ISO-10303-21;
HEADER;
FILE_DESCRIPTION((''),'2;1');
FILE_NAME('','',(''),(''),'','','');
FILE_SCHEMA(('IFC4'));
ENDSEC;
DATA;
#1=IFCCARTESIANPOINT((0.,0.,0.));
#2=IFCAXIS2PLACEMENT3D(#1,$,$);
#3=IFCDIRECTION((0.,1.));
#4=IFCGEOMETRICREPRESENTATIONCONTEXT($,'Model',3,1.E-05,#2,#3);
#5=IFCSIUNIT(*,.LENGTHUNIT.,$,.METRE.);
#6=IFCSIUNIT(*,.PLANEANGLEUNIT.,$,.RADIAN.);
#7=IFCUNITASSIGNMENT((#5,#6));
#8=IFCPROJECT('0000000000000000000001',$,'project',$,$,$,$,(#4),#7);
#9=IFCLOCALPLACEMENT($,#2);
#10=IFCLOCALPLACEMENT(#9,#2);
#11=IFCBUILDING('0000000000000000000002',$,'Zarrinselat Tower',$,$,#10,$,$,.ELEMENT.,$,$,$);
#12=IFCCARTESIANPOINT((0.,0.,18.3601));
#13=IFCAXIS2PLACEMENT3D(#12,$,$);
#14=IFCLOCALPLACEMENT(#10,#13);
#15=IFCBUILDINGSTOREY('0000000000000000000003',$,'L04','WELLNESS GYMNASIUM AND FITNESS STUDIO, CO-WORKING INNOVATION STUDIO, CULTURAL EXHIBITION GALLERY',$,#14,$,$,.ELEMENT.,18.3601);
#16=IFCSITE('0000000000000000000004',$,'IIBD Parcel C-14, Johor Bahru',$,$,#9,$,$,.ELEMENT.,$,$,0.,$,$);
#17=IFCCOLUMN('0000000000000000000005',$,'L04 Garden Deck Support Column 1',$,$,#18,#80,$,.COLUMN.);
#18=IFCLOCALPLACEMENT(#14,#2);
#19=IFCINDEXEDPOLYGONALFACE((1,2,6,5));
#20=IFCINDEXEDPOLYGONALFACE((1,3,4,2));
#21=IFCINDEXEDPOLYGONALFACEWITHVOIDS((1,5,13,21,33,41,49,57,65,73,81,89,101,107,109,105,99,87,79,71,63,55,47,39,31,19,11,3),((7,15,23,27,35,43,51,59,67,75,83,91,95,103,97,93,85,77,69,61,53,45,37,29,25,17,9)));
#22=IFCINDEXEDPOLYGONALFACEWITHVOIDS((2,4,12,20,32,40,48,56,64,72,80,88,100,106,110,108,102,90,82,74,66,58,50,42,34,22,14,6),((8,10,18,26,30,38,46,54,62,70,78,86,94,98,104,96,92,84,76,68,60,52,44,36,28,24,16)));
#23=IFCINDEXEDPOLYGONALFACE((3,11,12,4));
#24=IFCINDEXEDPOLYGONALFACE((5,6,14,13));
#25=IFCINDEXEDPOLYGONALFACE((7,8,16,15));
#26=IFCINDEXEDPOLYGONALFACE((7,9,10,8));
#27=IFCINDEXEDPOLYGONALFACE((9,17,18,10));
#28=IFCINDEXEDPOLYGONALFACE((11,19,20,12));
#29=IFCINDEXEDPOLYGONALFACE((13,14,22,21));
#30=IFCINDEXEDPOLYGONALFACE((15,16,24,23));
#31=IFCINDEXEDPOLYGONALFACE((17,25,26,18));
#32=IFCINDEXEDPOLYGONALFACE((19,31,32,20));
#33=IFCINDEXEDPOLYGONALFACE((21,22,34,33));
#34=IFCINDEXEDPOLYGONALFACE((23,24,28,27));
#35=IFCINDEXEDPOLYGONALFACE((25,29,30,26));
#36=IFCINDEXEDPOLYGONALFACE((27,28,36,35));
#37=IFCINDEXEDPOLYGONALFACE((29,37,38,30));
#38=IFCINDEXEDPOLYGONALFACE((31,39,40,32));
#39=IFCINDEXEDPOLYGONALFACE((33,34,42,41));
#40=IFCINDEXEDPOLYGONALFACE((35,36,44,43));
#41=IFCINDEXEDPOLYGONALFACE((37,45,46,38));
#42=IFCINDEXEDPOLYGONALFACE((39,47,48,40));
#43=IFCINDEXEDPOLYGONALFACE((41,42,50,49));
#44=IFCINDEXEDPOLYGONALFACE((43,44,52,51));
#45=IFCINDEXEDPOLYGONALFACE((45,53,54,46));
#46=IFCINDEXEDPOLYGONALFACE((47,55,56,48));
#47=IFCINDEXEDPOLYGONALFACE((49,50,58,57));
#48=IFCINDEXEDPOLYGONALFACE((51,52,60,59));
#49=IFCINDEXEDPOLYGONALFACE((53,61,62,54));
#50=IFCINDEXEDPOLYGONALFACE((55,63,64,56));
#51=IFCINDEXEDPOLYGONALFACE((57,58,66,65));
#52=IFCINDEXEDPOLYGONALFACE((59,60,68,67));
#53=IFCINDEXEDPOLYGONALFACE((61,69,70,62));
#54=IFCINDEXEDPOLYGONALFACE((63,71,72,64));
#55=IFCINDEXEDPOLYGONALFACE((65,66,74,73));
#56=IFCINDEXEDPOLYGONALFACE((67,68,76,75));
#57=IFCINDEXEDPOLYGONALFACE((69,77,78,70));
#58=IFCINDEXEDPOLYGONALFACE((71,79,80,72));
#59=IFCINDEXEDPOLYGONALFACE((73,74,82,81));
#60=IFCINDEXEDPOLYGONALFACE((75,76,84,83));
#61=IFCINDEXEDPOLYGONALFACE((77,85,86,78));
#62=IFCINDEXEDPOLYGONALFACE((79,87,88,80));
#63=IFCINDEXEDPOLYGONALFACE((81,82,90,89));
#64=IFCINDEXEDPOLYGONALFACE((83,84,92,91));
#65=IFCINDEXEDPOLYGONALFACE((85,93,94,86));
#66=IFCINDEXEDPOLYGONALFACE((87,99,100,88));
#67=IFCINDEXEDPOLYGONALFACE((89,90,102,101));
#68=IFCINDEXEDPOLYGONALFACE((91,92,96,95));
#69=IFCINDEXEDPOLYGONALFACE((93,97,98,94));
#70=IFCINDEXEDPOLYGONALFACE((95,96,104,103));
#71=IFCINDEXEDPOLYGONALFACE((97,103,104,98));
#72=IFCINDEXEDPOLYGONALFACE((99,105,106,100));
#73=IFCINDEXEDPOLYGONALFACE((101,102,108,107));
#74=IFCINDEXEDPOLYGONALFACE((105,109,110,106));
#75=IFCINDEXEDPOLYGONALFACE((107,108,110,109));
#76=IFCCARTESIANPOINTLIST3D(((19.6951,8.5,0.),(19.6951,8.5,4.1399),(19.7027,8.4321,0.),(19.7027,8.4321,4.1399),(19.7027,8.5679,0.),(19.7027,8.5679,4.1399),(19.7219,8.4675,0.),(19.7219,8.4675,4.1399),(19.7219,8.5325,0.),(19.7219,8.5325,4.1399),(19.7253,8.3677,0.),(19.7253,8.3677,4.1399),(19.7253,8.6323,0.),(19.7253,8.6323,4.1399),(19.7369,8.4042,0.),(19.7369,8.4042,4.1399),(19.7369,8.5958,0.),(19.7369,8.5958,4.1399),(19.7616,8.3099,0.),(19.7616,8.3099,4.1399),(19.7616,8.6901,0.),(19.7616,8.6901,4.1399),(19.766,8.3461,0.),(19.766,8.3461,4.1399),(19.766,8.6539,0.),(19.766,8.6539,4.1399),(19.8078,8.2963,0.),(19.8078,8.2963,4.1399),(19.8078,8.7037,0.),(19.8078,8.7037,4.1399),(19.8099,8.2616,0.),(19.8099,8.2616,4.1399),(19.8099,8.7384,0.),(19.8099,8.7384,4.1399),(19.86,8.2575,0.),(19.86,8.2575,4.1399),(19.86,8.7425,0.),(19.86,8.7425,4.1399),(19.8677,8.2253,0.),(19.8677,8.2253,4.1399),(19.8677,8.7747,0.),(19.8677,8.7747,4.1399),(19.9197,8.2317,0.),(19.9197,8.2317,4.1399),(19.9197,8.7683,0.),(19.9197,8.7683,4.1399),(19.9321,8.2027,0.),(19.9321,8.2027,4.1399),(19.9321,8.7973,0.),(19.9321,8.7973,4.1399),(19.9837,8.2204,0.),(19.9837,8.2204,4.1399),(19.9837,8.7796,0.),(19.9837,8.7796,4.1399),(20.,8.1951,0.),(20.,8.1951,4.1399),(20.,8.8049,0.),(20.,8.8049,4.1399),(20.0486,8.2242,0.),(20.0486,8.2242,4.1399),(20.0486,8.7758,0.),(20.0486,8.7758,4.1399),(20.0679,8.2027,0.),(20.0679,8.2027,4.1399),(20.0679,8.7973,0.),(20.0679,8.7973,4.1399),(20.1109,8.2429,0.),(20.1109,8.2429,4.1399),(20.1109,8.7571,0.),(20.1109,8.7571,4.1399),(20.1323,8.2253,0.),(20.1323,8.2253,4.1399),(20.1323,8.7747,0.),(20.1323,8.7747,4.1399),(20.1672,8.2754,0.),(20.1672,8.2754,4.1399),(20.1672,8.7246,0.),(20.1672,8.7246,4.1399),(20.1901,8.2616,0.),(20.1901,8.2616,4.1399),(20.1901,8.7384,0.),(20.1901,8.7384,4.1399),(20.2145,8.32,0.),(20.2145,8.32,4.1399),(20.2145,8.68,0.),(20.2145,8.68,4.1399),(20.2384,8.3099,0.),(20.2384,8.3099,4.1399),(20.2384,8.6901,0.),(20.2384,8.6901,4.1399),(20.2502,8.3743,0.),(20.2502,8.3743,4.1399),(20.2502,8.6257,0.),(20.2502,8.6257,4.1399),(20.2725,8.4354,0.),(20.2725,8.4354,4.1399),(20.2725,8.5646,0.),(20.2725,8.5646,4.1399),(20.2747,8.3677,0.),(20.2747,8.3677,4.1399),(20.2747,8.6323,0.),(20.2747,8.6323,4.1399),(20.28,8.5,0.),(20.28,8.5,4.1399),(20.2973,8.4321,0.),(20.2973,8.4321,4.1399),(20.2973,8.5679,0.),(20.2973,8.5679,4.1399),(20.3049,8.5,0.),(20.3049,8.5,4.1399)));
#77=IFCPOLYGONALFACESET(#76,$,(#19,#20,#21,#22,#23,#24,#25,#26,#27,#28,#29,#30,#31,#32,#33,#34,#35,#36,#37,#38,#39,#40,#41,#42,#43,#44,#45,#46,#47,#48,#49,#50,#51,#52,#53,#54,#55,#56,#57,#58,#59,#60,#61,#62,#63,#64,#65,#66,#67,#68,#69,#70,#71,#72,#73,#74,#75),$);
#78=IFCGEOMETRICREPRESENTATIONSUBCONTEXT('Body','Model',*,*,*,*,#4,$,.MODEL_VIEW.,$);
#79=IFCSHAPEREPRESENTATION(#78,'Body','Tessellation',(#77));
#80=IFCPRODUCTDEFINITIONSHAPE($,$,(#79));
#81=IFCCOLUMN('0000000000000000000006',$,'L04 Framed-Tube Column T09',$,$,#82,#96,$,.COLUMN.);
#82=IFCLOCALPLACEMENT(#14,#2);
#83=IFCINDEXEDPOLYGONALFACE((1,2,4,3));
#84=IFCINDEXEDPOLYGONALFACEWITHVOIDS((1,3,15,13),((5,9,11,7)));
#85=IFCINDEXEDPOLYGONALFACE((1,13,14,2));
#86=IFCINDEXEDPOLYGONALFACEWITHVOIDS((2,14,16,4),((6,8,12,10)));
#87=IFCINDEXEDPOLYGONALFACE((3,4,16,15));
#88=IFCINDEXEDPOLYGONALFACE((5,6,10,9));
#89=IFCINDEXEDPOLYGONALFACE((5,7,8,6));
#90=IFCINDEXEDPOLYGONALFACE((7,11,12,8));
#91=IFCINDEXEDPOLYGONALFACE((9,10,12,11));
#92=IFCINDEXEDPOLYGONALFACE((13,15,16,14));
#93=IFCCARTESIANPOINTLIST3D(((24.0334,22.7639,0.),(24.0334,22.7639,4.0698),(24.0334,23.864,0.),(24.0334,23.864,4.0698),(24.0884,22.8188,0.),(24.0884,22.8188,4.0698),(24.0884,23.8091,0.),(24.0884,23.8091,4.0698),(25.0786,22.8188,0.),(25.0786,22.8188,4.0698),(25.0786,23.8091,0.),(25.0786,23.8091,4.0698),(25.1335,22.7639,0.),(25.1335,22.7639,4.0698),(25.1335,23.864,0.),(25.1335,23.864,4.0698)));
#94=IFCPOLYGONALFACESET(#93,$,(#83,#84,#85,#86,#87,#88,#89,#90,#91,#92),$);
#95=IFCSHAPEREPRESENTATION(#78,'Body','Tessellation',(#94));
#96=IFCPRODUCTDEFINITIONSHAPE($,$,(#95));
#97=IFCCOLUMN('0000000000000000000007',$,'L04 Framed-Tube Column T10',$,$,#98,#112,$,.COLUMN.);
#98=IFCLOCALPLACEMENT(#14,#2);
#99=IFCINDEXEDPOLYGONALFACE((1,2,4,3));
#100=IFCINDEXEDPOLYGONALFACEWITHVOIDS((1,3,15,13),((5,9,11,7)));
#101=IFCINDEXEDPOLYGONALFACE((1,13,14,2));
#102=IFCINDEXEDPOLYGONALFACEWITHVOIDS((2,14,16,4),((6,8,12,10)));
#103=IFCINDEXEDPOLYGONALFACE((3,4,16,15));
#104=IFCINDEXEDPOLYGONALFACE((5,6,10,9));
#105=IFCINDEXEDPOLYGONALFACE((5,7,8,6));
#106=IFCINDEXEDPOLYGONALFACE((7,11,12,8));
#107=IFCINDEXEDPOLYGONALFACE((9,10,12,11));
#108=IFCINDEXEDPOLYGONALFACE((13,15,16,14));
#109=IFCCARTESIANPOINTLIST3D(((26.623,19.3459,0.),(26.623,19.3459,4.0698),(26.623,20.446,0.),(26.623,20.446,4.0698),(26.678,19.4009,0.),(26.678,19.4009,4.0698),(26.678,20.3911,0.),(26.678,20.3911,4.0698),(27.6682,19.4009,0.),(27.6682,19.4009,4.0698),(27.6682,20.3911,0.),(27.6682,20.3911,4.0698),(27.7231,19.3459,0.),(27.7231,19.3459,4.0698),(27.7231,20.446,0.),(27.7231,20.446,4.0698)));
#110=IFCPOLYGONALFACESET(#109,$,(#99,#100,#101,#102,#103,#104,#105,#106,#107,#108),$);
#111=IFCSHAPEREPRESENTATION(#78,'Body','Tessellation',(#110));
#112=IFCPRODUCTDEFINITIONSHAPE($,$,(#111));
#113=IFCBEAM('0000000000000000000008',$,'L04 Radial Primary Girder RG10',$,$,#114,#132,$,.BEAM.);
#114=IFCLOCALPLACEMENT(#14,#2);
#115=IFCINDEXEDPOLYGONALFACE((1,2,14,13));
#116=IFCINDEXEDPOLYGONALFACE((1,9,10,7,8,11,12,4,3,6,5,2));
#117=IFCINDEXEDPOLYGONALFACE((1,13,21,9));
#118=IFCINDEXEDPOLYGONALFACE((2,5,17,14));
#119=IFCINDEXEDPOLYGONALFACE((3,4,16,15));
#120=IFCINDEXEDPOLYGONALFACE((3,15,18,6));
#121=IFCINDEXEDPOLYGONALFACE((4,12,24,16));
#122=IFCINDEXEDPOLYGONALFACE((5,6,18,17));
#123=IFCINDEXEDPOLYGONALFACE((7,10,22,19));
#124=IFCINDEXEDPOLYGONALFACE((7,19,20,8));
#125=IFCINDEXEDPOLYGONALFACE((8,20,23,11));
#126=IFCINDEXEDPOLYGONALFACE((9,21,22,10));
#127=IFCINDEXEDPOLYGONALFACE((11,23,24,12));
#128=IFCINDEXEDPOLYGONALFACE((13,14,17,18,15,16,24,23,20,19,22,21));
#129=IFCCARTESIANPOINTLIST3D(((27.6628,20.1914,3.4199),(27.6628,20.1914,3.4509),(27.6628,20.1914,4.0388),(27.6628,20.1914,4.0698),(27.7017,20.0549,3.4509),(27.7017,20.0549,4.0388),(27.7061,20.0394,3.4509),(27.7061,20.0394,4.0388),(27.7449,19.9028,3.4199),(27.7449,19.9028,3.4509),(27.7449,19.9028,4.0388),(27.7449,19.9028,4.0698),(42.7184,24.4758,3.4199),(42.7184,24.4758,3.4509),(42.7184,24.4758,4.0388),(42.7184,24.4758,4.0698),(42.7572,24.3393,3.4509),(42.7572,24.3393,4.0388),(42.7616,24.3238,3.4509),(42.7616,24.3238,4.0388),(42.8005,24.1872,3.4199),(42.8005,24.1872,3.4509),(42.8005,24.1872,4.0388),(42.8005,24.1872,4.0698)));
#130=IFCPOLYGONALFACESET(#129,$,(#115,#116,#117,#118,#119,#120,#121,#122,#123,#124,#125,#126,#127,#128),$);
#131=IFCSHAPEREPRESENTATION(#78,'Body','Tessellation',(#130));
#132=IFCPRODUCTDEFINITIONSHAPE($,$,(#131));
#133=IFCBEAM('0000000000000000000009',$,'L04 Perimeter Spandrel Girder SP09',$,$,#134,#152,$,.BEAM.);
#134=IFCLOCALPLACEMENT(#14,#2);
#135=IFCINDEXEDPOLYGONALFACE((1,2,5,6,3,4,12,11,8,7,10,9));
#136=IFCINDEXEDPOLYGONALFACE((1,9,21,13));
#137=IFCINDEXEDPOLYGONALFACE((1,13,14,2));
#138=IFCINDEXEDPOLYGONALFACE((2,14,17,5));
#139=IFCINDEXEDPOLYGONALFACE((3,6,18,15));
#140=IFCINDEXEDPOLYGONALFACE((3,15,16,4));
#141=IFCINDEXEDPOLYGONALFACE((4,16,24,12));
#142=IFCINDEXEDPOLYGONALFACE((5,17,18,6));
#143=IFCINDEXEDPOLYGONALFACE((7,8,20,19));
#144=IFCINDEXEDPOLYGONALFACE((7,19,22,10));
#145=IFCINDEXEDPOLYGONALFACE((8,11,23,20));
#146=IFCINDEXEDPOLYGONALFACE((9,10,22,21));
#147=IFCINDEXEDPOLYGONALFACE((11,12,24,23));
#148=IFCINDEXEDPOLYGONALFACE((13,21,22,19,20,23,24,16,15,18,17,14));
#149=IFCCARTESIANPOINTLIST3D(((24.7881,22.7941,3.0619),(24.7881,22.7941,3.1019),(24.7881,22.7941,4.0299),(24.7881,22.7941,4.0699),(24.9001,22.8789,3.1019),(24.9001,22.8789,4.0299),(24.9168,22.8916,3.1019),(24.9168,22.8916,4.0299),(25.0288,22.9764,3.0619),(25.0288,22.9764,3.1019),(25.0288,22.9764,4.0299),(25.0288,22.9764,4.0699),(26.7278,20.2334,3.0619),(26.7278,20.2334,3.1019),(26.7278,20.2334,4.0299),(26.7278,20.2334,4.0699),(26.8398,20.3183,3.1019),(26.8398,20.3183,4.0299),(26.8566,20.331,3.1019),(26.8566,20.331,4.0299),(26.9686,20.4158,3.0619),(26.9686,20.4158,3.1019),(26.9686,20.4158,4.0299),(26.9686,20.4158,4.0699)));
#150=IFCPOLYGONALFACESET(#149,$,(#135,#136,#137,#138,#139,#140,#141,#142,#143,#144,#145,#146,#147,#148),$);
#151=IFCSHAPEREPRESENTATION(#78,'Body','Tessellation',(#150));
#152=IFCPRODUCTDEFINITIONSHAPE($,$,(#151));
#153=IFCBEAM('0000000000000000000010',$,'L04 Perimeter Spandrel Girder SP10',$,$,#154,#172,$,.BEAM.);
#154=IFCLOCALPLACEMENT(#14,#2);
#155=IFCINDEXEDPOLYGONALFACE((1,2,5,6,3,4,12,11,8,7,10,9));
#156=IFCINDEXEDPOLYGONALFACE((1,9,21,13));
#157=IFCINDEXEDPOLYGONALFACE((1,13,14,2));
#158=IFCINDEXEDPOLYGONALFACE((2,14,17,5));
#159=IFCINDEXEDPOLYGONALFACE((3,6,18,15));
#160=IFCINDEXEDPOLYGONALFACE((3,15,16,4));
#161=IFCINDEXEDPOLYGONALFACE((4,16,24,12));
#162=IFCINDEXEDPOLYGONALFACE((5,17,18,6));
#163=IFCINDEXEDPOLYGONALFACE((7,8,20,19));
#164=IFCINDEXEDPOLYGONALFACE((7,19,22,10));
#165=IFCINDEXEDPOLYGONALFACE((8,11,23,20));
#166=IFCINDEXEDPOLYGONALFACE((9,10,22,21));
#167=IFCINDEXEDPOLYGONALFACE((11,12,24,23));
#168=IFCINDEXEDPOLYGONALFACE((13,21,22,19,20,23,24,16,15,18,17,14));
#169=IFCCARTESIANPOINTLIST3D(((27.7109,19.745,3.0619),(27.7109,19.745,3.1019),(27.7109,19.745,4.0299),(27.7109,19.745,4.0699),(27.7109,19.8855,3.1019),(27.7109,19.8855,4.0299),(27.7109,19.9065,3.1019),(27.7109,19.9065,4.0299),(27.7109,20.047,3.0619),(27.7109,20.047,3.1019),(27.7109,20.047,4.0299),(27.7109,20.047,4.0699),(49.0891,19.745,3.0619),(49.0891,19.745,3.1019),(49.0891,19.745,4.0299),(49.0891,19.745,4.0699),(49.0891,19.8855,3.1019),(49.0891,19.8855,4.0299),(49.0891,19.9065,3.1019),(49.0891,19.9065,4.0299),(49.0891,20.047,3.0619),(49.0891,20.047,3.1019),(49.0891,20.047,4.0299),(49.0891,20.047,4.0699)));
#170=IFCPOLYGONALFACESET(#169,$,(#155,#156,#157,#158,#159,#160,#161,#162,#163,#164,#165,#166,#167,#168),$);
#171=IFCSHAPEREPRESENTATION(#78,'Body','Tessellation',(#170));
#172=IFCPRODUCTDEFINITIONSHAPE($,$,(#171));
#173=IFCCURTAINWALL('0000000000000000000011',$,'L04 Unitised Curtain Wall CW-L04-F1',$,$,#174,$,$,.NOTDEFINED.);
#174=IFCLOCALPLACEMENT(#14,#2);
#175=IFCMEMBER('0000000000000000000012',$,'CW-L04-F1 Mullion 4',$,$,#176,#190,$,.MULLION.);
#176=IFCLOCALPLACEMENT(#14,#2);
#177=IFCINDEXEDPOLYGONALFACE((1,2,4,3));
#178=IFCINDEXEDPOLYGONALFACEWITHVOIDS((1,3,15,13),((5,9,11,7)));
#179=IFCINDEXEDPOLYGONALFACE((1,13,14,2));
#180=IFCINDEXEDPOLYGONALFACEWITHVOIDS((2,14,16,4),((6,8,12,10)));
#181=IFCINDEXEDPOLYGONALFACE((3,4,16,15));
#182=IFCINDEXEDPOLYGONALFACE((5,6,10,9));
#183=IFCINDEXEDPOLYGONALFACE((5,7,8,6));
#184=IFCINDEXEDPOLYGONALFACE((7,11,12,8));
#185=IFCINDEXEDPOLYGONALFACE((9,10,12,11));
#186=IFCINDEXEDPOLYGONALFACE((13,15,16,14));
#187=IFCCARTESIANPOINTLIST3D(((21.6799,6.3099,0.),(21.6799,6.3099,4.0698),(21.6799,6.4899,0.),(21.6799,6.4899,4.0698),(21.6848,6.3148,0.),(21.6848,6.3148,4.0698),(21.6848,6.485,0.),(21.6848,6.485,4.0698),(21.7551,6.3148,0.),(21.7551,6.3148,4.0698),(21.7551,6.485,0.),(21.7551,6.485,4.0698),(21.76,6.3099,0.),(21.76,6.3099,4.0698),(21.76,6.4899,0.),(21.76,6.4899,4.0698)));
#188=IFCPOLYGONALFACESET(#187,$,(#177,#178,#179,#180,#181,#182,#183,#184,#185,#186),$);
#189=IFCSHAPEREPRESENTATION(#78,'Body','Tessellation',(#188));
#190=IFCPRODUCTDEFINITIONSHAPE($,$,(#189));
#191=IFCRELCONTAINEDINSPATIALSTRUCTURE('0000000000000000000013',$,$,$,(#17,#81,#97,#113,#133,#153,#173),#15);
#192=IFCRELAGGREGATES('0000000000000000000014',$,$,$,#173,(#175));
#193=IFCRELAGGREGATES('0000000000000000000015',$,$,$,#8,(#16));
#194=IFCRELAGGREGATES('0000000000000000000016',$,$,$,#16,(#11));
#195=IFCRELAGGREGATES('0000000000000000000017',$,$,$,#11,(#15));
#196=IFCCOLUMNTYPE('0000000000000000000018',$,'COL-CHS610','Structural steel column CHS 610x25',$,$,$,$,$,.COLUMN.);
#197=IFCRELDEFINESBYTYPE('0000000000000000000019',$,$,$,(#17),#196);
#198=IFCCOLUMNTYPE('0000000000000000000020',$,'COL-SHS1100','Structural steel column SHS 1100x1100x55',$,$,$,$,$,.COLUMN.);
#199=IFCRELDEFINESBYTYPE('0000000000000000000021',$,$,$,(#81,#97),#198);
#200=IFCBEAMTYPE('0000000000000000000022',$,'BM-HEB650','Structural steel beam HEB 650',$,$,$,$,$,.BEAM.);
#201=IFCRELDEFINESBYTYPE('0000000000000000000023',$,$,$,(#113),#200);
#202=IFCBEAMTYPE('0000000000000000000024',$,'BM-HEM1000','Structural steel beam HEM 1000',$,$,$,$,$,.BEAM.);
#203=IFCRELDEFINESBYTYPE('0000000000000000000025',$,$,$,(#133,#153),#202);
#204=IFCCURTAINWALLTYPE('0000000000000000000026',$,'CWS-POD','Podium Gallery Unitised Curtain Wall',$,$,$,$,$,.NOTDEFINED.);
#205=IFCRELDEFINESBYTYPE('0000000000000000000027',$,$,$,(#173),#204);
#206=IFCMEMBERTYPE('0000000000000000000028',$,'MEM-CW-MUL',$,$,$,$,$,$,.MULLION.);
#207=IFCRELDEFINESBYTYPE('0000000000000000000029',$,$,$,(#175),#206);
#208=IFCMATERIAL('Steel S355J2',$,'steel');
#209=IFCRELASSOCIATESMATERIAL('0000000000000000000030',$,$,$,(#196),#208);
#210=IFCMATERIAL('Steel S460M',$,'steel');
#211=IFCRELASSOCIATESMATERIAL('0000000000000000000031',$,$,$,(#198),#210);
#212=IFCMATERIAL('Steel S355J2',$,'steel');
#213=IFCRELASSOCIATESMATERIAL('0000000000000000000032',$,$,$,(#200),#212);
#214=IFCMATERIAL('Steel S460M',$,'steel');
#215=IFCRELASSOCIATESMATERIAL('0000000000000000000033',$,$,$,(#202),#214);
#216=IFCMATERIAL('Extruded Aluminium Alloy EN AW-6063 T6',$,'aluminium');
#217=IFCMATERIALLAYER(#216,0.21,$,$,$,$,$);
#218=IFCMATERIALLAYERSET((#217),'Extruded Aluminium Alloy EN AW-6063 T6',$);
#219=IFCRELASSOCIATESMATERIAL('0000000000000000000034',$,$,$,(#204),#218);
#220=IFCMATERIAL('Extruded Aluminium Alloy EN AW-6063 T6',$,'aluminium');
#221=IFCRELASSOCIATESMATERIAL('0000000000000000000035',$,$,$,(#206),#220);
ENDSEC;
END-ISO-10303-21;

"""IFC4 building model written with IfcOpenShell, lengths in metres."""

from ifc_helpers import new_model, si_unit, direction, frame, origin, origin_2d, place, context, subcontext, project, spatial, hollow_rectangle, hollow_circle, i_section, extrude, material, layer, layer_set, material_profile, profile_set, type_object, element, aggregate, save


model = new_model("IFC4")

# Units and contexts
model_context = context("Model", 3, precision=1e-05, world=origin(), true_north=direction((0.0, 1.0)))
body_context = subcontext(model_context, "Body", "Model", "MODEL_VIEW")
ifc_project = project(units=[si_unit("LENGTHUNIT", "METRE"), si_unit("PLANEANGLEUNIT", "RADIAN")], contexts=[model_context])

# Site, building, storey
site_placement = place(None, origin())
site = spatial("IfcSite", under=ifc_project, at=site_placement, Name="IIBD Parcel C-14, Johor Bahru", CompositionType="ELEMENT", RefElevation=0.0)
building_placement = place(site_placement, origin())
building = spatial("IfcBuilding", under=site, at=building_placement, Name="Zarrinselat Tower", CompositionType="ELEMENT")
storey_placement = place(building_placement, frame((0.0, 0.0, 18.3601)))
storey = spatial("IfcBuildingStorey", under=building, at=storey_placement, Name="L04", Description="WELLNESS GYMNASIUM AND FITNESS STUDIO, CO-WORKING INNOVATION STUDIO, CULTURAL EXHIBITION GALLERY", CompositionType="ELEMENT", Elevation=18.3601)

# Columns
ifc_material_1 = material(Name="Steel S355J2", Category="steel")
ifc_material_profile_1 = material_profile(ifc_material_1, hollow_circle(Radius=0.3049, WallThickness=0.0249, at=origin_2d()), Name="CHS 610x25")
ifc_profile_set_1 = profile_set([ifc_material_profile_1], Name="Steel S355J2")
column_type_1 = type_object("IfcColumnType", Name="COL-CHS610", Description="Structural steel column CHS 610x25", PredefinedType="COLUMN", material=ifc_profile_set_1)
column_placement = place(storey_placement, frame((20.0, 8.5, 0.0), z_axis=(0.0, 0.0, 1.0), x_axis=(1.0, 0.0, 0.0)))
element("IfcColumn", 1, at=column_placement, inside=storey, type_object=column_type_1, Name="L04 Garden Deck Support Column 1", PredefinedType="COLUMN", context=body_context, shape_type="SweptSolid", body=[
    extrude(hollow_circle(Radius=0.3049, WallThickness=0.0249, at=origin_2d()), origin(), (0.0, 0.0, 1.0), 4.1399),
])
ifc_material_2 = material(Name="Steel S460M", Category="steel")
ifc_material_profile_2 = material_profile(ifc_material_2, hollow_rectangle(XDim=1.1001, YDim=1.1001, WallThickness=0.0549, at=origin_2d()), Name="SHS 1100x1100x55")
ifc_profile_set_2 = profile_set([ifc_material_profile_2], Name="Steel S460M")
column_type_2 = type_object("IfcColumnType", Name="COL-SHS1100", Description="Structural steel column SHS 1100x1100x55", PredefinedType="COLUMN", material=ifc_profile_set_2)
for number, where, z_axis, x_axis, name in (
    (2, (24.5835, 23.314, 0.0), (0.0, 0.0, 1.0), (1.0, 0.0, 0.0), "L04 Framed-Tube Column T09"),
    (3, (27.1731, 19.896, 0.0), (0.0, 0.0, 1.0), (1.0, 0.0, 0.0), "L04 Framed-Tube Column T10"),
):
    element("IfcColumn", number, at=place(storey_placement, frame(where, z_axis=z_axis, x_axis=x_axis)), inside=storey, type_object=column_type_2, Name=name, PredefinedType="COLUMN", context=body_context, shape_type="SweptSolid", body=[
        extrude(hollow_rectangle(XDim=1.1001, YDim=1.1001, WallThickness=0.0549, at=origin_2d()), origin(), (0.0, 0.0, 1.0), 4.0698),
    ])

# Beams
ifc_material_3 = material(Name="Steel S355J2", Category="steel")
ifc_material_profile_3 = material_profile(ifc_material_3, i_section(OverallWidth=0.3, OverallDepth=0.6499, WebThickness=0.0161, FlangeThickness=0.031, at=origin_2d()), Name="HEB 650")
ifc_profile_set_3 = profile_set([ifc_material_profile_3], Name="Steel S355J2")
beam_type_1 = type_object("IfcBeamType", Name="BM-HEB650", Description="Structural steel beam HEB 650", PredefinedType="BEAM", material=ifc_profile_set_3)
beam_1_placement = place(storey_placement, frame((27.7039, 20.0471, 3.7449), z_axis=(0.961814, 0.273705, 0.0), x_axis=(-0.273705, 0.961814, 0.0)))
element("IfcBeam", 4, at=beam_1_placement, inside=storey, type_object=beam_type_1, Name="L04 Radial Primary Girder RG10", PredefinedType="BEAM", context=body_context, shape_type="SweptSolid", body=[
    extrude(i_section(OverallWidth=0.3, OverallDepth=0.6499, WebThickness=0.0161, FlangeThickness=0.031, at=origin_2d()), origin(), (0.0, 0.0, 1.0), 15.6533),
])
ifc_material_4 = material(Name="Steel S460M", Category="steel")
ifc_material_profile_4 = material_profile(ifc_material_4, i_section(OverallWidth=0.302, OverallDepth=1.0081, WebThickness=0.021, FlangeThickness=0.04, at=origin_2d()), Name="HEM 1000")
ifc_profile_set_4 = profile_set([ifc_material_profile_4], Name="Steel S460M")
beam_type_2 = type_object("IfcBeamType", Name="BM-HEM1000", Description="Structural steel beam HEM 1000", PredefinedType="BEAM", material=ifc_profile_set_4)
beam_2_placement = place(storey_placement, frame((24.9084, 22.8853, 3.5659), z_axis=(0.603836, -0.797109, 0.0), x_axis=(0.797109, 0.603836, 0.0)))
element("IfcBeam", 5, at=beam_2_placement, inside=storey, type_object=beam_type_2, Name="L04 Perimeter Spandrel Girder SP09", PredefinedType="BEAM", context=body_context, shape_type="SweptSolid", body=[
    extrude(i_section(OverallWidth=0.302, OverallDepth=1.0081, WebThickness=0.021, FlangeThickness=0.04, at=origin_2d()), origin(), (0.0, 0.0, 1.0), 3.2124),
])
beam_3_placement = place(storey_placement, frame((27.7109, 19.896, 3.5659), z_axis=(1.0, 0.0, 0.0), x_axis=(0.0, 1.0, 0.0)))
element("IfcBeam", 6, at=beam_3_placement, inside=storey, type_object=beam_type_2, Name="L04 Perimeter Spandrel Girder SP10", PredefinedType="BEAM", context=body_context, shape_type="SweptSolid", body=[
    extrude(i_section(OverallWidth=0.302, OverallDepth=1.0081, WebThickness=0.021, FlangeThickness=0.04, at=origin_2d()), origin(), (0.0, 0.0, 1.0), 21.3782),
])

# Curtain wall, member
ifc_material_5 = material(Name="Extruded Aluminium Alloy EN AW-6063 T6", Category="aluminium")
ifc_layer_1 = layer(ifc_material_5, 0.21)
ifc_layer_set_1 = layer_set([ifc_layer_1], Name="Extruded Aluminium Alloy EN AW-6063 T6")
curtain_wall_type = type_object("IfcCurtainWallType", Name="CWS-POD", Description="Podium Gallery Unitised Curtain Wall", PredefinedType="NOTDEFINED", material=ifc_layer_set_1)
curtain_wall_placement = place(storey_placement, origin())
curtain_wall = element("IfcCurtainWall", 7, at=curtain_wall_placement, inside=storey, type_object=curtain_wall_type, Name="L04 Unitised Curtain Wall CW-L04-F1", PredefinedType="NOTDEFINED")
ifc_material_6 = material(Name="Extruded Aluminium Alloy EN AW-6063 T6", Category="aluminium")
ifc_material_profile_5 = material_profile(ifc_material_6, hollow_rectangle(XDim=0.0801, YDim=0.1799, WallThickness=0.0049, at=origin_2d()), Name="RHS 180x80x5")
ifc_profile_set_5 = profile_set([ifc_material_profile_5], Name="Extruded Aluminium Alloy EN AW-6063 T6")
member_type = type_object("IfcMemberType", Name="MEM-CW-MUL", PredefinedType="MULLION", material=ifc_profile_set_5)
member_1_placement = place(storey_placement, frame((21.72, 6.3999, 0.0), z_axis=(0.0, 0.0, 1.0), x_axis=(1.0, 0.0, 0.0)))
member_1 = element("IfcMember", 8, at=member_1_placement, type_object=member_type, Name="CW-L04-F1 Mullion 4", PredefinedType="MULLION", context=body_context, shape_type="SweptSolid", body=[
    extrude(hollow_rectangle(XDim=0.0801, YDim=0.1799, WallThickness=0.0049, at=origin_2d()), origin(), (0.0, 0.0, 1.0), 4.0698),
])
aggregate(curtain_wall, [member_1])

save(model, "model.ifc")
